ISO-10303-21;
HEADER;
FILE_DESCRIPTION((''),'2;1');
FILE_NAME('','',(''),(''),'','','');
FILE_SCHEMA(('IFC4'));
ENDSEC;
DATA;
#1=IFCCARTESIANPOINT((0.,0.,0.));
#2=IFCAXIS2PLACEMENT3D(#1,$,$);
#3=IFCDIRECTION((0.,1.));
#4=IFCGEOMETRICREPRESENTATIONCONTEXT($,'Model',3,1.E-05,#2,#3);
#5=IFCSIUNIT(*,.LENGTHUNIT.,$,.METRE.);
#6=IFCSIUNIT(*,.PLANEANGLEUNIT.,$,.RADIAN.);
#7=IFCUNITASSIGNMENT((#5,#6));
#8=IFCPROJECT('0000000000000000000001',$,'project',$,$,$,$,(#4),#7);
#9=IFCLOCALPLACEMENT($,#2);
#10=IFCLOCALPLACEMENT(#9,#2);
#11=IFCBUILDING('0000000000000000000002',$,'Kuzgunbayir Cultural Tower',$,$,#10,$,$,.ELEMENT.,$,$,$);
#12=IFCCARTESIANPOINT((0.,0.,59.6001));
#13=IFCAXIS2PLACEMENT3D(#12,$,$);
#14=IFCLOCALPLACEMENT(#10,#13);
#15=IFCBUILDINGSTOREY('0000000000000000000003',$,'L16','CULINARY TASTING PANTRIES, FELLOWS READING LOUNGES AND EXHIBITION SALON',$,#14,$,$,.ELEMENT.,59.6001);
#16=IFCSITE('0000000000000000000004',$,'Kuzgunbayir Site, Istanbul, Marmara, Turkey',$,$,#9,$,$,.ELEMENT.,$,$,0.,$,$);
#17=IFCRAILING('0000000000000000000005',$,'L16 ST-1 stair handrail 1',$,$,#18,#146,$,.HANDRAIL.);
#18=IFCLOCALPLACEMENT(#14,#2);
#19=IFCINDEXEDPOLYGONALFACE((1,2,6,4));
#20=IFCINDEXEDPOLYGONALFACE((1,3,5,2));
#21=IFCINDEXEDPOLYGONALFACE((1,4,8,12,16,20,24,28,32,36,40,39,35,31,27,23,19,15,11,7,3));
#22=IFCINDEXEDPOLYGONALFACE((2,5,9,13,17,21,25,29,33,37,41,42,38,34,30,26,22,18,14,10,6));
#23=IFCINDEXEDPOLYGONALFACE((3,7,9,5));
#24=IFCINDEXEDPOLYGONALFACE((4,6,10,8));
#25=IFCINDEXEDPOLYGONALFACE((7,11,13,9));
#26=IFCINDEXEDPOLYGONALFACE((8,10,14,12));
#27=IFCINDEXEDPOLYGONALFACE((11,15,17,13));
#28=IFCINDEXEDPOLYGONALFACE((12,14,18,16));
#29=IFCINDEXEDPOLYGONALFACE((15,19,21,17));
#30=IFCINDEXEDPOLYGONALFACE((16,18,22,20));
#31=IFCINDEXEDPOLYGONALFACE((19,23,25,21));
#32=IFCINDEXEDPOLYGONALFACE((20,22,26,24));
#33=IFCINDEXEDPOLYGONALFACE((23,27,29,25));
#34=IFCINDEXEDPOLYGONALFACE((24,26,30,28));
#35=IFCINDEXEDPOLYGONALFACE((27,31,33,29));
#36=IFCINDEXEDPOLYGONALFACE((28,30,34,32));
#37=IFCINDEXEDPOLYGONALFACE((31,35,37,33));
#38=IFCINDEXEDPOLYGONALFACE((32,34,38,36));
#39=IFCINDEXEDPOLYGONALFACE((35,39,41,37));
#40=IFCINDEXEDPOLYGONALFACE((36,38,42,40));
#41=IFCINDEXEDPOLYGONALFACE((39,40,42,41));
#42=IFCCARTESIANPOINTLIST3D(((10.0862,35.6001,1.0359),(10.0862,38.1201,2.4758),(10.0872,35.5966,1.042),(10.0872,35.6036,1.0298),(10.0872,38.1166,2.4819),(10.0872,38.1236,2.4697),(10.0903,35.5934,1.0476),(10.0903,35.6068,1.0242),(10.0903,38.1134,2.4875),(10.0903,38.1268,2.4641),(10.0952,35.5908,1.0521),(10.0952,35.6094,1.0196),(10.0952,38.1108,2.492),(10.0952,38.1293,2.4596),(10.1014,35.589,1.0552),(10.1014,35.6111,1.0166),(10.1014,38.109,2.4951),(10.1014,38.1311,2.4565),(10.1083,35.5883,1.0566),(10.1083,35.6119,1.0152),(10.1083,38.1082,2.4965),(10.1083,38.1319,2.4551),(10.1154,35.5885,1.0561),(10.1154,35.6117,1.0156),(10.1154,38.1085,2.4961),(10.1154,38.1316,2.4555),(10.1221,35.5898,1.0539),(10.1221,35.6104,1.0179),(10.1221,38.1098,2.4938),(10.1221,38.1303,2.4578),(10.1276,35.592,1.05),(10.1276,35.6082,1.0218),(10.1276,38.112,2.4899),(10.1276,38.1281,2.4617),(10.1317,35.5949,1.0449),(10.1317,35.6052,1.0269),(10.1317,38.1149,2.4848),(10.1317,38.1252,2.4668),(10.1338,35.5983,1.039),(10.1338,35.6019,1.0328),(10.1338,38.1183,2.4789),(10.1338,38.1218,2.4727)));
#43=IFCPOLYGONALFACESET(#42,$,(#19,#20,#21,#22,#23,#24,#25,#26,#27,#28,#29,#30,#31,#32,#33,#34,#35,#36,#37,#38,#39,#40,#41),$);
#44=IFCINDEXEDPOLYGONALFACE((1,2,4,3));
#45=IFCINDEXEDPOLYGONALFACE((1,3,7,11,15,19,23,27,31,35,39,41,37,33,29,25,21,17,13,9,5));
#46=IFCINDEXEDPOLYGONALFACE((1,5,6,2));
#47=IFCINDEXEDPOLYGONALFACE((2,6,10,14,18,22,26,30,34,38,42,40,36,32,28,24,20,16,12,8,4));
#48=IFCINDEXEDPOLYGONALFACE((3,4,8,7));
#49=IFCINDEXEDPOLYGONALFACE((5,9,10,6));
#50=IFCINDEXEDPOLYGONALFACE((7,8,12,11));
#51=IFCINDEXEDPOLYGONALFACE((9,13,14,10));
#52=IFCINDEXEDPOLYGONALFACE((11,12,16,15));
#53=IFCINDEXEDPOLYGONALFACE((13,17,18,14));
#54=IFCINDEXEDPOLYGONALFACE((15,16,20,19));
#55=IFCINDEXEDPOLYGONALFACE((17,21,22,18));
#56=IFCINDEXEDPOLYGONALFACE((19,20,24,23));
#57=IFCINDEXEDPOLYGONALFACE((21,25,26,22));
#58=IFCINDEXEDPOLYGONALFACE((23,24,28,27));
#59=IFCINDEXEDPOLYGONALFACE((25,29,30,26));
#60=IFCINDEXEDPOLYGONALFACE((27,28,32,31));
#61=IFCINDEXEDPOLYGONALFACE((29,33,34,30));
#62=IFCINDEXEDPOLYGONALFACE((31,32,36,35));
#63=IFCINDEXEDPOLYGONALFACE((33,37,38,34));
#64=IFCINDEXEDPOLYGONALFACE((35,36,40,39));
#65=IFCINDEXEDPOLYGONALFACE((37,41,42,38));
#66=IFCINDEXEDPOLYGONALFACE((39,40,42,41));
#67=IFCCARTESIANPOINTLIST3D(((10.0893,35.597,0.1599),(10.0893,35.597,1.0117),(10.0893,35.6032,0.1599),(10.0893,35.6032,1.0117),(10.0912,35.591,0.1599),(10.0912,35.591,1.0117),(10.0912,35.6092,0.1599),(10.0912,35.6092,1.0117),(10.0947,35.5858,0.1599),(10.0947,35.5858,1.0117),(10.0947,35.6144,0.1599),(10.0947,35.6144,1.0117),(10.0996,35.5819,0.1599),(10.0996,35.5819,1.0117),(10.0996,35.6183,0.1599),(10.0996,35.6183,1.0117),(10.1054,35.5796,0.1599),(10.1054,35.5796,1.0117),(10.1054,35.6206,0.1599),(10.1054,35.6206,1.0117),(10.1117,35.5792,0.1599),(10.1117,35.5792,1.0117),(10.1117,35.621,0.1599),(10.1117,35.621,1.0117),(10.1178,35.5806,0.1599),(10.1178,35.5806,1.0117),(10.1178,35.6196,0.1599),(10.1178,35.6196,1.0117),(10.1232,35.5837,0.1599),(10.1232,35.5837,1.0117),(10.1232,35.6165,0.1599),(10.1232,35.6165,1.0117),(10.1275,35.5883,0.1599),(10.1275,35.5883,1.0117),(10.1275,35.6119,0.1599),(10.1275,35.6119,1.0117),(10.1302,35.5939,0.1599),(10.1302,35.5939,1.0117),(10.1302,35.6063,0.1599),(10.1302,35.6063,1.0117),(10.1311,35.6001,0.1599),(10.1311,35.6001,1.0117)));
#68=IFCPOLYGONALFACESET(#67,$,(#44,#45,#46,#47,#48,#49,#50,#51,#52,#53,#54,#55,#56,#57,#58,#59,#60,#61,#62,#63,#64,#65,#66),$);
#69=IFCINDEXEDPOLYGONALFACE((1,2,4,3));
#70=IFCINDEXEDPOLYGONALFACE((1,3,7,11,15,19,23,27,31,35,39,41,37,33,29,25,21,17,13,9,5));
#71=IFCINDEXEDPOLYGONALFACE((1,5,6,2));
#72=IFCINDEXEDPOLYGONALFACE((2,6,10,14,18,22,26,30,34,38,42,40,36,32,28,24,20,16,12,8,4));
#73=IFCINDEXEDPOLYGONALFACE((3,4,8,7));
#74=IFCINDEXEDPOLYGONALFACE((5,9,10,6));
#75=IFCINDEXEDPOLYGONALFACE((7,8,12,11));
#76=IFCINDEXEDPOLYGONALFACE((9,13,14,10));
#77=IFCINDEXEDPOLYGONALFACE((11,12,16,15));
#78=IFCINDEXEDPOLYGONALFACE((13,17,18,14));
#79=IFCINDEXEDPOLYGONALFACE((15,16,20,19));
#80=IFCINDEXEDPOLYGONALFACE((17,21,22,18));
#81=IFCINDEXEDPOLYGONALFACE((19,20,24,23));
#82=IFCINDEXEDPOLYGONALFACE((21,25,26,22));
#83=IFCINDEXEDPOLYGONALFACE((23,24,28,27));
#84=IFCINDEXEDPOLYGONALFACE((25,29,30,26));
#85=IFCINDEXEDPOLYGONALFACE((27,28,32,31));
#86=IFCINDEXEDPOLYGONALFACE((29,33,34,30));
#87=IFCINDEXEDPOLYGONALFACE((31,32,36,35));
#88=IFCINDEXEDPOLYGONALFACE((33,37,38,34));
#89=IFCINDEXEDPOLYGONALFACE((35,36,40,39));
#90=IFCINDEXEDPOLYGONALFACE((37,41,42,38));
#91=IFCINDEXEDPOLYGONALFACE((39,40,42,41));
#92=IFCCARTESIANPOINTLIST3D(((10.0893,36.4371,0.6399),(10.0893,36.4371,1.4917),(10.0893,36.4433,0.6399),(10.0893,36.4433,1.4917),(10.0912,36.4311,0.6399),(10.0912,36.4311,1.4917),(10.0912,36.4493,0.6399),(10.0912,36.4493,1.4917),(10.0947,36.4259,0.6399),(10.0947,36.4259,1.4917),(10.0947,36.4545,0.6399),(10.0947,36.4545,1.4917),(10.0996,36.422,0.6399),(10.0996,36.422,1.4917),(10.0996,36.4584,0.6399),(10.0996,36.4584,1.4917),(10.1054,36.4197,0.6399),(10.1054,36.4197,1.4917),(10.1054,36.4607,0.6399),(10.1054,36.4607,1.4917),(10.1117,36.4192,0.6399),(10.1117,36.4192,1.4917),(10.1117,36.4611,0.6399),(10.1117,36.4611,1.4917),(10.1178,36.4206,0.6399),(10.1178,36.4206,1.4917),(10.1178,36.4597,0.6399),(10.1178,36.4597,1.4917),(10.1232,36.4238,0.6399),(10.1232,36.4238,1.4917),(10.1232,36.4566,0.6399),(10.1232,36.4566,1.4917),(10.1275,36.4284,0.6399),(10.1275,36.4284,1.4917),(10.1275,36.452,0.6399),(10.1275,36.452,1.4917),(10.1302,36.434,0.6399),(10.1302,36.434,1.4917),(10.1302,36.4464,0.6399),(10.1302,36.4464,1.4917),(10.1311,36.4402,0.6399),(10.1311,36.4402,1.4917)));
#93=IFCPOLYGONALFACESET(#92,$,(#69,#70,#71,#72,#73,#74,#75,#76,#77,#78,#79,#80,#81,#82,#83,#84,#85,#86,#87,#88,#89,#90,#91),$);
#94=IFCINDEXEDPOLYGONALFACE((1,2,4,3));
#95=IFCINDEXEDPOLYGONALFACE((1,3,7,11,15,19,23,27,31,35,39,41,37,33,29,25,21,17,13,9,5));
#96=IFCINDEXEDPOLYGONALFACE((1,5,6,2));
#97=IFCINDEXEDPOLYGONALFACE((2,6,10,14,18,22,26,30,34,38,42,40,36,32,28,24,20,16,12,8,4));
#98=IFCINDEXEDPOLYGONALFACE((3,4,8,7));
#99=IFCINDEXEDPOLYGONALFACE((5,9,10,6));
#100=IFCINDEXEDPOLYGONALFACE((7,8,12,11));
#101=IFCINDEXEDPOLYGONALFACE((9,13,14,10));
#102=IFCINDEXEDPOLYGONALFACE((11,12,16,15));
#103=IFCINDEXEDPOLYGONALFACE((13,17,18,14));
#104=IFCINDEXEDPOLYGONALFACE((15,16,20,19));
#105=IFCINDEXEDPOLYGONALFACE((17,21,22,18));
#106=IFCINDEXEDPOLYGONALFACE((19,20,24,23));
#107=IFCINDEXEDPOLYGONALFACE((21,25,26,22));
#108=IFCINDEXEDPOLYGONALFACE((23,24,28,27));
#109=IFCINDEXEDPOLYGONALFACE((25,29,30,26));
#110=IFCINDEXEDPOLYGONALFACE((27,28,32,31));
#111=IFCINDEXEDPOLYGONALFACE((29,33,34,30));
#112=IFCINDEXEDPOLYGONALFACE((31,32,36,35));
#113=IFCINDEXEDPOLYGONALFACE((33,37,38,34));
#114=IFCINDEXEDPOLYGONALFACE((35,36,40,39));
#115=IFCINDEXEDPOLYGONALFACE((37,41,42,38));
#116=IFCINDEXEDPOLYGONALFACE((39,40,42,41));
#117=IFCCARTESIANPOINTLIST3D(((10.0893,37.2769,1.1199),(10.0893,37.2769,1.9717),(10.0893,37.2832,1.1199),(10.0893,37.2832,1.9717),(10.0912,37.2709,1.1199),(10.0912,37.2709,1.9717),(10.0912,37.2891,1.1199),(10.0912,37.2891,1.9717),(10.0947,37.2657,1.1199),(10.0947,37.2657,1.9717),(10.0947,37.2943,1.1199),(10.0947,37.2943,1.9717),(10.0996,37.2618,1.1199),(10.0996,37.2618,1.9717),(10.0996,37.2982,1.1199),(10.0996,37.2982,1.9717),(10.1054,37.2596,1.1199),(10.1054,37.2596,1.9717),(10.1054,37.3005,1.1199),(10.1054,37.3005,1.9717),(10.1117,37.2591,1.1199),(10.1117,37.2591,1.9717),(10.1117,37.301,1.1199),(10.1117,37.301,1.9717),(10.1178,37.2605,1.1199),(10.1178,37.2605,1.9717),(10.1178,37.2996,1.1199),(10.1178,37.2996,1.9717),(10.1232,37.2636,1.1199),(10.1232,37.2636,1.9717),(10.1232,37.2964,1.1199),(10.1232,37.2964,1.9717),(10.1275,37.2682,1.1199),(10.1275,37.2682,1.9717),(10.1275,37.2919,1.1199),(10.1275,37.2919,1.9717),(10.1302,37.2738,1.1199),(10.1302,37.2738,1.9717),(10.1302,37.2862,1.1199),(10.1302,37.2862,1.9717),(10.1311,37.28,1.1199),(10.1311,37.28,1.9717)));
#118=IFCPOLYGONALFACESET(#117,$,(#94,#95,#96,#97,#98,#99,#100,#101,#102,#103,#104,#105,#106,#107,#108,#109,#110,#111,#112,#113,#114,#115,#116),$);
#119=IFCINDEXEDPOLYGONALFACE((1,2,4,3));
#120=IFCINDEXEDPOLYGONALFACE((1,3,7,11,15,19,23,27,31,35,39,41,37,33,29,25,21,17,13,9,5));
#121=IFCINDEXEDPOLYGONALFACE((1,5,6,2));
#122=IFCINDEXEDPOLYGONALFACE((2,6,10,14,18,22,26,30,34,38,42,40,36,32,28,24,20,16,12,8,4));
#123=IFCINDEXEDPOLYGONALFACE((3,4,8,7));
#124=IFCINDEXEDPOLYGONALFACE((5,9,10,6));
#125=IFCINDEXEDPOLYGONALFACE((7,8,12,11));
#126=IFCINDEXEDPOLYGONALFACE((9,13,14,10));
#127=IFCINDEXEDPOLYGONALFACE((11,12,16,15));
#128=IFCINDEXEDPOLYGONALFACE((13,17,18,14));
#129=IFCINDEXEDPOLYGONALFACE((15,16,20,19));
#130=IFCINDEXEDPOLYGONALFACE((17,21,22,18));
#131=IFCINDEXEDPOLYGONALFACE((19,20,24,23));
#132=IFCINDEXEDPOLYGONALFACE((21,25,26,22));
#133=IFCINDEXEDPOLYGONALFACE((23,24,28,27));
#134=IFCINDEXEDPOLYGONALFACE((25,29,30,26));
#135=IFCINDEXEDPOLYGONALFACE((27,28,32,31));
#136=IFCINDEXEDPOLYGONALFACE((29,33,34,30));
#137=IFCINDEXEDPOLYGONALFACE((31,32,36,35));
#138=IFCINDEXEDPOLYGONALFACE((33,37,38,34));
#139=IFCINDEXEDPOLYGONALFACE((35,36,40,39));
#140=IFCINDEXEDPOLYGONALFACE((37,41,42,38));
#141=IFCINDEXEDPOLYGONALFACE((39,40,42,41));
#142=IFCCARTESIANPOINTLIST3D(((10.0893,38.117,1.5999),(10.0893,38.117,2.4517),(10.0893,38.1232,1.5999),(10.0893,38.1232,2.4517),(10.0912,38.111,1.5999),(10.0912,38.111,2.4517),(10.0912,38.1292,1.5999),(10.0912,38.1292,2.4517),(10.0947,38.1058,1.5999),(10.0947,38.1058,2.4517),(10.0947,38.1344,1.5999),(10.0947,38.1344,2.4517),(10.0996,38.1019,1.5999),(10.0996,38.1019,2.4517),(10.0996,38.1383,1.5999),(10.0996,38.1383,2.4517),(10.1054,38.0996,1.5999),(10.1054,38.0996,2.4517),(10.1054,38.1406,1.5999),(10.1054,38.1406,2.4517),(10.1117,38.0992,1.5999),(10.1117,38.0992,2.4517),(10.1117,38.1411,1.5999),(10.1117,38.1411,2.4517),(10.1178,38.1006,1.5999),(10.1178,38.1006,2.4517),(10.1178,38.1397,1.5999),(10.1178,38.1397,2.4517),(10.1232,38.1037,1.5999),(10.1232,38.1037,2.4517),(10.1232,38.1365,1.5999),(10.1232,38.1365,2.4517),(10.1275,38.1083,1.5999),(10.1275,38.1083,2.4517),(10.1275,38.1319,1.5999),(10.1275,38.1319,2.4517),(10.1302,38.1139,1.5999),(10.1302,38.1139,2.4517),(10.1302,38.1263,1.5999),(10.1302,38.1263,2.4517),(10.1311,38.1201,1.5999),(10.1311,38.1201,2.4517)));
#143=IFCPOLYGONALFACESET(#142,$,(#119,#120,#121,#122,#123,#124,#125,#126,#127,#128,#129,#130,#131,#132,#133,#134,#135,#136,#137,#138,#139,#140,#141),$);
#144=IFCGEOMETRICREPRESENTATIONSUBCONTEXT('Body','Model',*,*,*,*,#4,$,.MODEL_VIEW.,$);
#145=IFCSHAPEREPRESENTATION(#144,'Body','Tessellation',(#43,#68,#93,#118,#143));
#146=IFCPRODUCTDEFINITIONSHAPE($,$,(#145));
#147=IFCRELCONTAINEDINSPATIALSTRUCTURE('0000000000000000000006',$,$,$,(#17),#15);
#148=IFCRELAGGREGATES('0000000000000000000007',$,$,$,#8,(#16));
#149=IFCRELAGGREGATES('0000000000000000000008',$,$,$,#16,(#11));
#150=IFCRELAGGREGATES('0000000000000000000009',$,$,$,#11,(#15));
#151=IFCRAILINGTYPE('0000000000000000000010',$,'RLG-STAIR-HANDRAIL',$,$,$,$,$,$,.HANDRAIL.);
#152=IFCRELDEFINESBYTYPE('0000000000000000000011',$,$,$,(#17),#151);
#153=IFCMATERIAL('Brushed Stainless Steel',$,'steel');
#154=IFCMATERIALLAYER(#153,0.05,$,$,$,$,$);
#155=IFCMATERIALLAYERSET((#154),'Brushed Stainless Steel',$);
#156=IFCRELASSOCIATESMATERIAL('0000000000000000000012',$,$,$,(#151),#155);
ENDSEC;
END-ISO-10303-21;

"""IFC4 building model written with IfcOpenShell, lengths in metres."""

from ifc_helpers import new_model, si_unit, direction, frame, origin, origin_2d, place, context, subcontext, project, spatial, circle, extrude, material, layer, layer_set, type_object, element, save


model = new_model("IFC4")

# Units and contexts
model_context = context("Model", 3, precision=1e-05, world=origin(), true_north=direction((0.0, 1.0)))
body_context = subcontext(model_context, "Body", "Model", "MODEL_VIEW")
ifc_project = project(units=[si_unit("LENGTHUNIT", "METRE"), si_unit("PLANEANGLEUNIT", "RADIAN")], contexts=[model_context])

# Site, building, storey
site_placement = place(None, origin())
site = spatial("IfcSite", under=ifc_project, at=site_placement, Name="Kuzgunbayir Site, Istanbul, Marmara, Turkey", CompositionType="ELEMENT", RefElevation=0.0)
building_placement = place(site_placement, origin())
building = spatial("IfcBuilding", under=site, at=building_placement, Name="Kuzgunbayir Cultural Tower", CompositionType="ELEMENT")
storey_placement = place(building_placement, frame((0.0, 0.0, 59.6001)))
storey = spatial("IfcBuildingStorey", under=building, at=storey_placement, Name="L16", Description="CULINARY TASTING PANTRIES, FELLOWS READING LOUNGES AND EXHIBITION SALON", CompositionType="ELEMENT", Elevation=59.6001)

# Shared definitions
ifc_material_1 = material(Name="Brushed Stainless Steel", Category="steel")

# Railing
ifc_layer_1 = layer(ifc_material_1, 0.05)
ifc_layer_set_1 = layer_set([ifc_layer_1], Name="Brushed Stainless Steel")
railing_type_1 = type_object("IfcRailingType", Name="RLG-STAIR-HANDRAIL", PredefinedType="HANDRAIL", material=ifc_layer_set_1)
railing_1_placement = place(storey_placement, frame((10.1101, 35.6001, 0.1599)))
element("IfcRailing", 1, at=railing_1_placement, inside=storey, type_object=railing_type_1, Name="L16 ST-1 stair handrail 1", PredefinedType="HANDRAIL", context=body_context, shape_type="SweptSolid", body=[
    extrude(circle(Radius=0.0239, at=origin_2d()), frame((0.0, 0.0, 0.876), z_axis=(0.0, 0.868253, 0.496121), x_axis=(-1.0, 0.0, 0.0)), (0.0, 0.0, 1.0), 2.9023),
    extrude(circle(Radius=0.021, at=origin_2d()), origin(), (0.0, 0.0, 1.0), 0.8518),
    extrude(circle(Radius=0.021, at=origin_2d()), frame((0.0, 0.8401, 0.48)), (0.0, 0.0, 1.0), 0.8518),
    extrude(circle(Radius=0.021, at=origin_2d()), frame((0.0, 1.6799, 0.96)), (0.0, 0.0, 1.0), 0.8518),
    extrude(circle(Radius=0.021, at=origin_2d()), frame((0.0, 2.52, 1.4399)), (0.0, 0.0, 1.0), 0.8518),
])

save(model, "model.ifc")
